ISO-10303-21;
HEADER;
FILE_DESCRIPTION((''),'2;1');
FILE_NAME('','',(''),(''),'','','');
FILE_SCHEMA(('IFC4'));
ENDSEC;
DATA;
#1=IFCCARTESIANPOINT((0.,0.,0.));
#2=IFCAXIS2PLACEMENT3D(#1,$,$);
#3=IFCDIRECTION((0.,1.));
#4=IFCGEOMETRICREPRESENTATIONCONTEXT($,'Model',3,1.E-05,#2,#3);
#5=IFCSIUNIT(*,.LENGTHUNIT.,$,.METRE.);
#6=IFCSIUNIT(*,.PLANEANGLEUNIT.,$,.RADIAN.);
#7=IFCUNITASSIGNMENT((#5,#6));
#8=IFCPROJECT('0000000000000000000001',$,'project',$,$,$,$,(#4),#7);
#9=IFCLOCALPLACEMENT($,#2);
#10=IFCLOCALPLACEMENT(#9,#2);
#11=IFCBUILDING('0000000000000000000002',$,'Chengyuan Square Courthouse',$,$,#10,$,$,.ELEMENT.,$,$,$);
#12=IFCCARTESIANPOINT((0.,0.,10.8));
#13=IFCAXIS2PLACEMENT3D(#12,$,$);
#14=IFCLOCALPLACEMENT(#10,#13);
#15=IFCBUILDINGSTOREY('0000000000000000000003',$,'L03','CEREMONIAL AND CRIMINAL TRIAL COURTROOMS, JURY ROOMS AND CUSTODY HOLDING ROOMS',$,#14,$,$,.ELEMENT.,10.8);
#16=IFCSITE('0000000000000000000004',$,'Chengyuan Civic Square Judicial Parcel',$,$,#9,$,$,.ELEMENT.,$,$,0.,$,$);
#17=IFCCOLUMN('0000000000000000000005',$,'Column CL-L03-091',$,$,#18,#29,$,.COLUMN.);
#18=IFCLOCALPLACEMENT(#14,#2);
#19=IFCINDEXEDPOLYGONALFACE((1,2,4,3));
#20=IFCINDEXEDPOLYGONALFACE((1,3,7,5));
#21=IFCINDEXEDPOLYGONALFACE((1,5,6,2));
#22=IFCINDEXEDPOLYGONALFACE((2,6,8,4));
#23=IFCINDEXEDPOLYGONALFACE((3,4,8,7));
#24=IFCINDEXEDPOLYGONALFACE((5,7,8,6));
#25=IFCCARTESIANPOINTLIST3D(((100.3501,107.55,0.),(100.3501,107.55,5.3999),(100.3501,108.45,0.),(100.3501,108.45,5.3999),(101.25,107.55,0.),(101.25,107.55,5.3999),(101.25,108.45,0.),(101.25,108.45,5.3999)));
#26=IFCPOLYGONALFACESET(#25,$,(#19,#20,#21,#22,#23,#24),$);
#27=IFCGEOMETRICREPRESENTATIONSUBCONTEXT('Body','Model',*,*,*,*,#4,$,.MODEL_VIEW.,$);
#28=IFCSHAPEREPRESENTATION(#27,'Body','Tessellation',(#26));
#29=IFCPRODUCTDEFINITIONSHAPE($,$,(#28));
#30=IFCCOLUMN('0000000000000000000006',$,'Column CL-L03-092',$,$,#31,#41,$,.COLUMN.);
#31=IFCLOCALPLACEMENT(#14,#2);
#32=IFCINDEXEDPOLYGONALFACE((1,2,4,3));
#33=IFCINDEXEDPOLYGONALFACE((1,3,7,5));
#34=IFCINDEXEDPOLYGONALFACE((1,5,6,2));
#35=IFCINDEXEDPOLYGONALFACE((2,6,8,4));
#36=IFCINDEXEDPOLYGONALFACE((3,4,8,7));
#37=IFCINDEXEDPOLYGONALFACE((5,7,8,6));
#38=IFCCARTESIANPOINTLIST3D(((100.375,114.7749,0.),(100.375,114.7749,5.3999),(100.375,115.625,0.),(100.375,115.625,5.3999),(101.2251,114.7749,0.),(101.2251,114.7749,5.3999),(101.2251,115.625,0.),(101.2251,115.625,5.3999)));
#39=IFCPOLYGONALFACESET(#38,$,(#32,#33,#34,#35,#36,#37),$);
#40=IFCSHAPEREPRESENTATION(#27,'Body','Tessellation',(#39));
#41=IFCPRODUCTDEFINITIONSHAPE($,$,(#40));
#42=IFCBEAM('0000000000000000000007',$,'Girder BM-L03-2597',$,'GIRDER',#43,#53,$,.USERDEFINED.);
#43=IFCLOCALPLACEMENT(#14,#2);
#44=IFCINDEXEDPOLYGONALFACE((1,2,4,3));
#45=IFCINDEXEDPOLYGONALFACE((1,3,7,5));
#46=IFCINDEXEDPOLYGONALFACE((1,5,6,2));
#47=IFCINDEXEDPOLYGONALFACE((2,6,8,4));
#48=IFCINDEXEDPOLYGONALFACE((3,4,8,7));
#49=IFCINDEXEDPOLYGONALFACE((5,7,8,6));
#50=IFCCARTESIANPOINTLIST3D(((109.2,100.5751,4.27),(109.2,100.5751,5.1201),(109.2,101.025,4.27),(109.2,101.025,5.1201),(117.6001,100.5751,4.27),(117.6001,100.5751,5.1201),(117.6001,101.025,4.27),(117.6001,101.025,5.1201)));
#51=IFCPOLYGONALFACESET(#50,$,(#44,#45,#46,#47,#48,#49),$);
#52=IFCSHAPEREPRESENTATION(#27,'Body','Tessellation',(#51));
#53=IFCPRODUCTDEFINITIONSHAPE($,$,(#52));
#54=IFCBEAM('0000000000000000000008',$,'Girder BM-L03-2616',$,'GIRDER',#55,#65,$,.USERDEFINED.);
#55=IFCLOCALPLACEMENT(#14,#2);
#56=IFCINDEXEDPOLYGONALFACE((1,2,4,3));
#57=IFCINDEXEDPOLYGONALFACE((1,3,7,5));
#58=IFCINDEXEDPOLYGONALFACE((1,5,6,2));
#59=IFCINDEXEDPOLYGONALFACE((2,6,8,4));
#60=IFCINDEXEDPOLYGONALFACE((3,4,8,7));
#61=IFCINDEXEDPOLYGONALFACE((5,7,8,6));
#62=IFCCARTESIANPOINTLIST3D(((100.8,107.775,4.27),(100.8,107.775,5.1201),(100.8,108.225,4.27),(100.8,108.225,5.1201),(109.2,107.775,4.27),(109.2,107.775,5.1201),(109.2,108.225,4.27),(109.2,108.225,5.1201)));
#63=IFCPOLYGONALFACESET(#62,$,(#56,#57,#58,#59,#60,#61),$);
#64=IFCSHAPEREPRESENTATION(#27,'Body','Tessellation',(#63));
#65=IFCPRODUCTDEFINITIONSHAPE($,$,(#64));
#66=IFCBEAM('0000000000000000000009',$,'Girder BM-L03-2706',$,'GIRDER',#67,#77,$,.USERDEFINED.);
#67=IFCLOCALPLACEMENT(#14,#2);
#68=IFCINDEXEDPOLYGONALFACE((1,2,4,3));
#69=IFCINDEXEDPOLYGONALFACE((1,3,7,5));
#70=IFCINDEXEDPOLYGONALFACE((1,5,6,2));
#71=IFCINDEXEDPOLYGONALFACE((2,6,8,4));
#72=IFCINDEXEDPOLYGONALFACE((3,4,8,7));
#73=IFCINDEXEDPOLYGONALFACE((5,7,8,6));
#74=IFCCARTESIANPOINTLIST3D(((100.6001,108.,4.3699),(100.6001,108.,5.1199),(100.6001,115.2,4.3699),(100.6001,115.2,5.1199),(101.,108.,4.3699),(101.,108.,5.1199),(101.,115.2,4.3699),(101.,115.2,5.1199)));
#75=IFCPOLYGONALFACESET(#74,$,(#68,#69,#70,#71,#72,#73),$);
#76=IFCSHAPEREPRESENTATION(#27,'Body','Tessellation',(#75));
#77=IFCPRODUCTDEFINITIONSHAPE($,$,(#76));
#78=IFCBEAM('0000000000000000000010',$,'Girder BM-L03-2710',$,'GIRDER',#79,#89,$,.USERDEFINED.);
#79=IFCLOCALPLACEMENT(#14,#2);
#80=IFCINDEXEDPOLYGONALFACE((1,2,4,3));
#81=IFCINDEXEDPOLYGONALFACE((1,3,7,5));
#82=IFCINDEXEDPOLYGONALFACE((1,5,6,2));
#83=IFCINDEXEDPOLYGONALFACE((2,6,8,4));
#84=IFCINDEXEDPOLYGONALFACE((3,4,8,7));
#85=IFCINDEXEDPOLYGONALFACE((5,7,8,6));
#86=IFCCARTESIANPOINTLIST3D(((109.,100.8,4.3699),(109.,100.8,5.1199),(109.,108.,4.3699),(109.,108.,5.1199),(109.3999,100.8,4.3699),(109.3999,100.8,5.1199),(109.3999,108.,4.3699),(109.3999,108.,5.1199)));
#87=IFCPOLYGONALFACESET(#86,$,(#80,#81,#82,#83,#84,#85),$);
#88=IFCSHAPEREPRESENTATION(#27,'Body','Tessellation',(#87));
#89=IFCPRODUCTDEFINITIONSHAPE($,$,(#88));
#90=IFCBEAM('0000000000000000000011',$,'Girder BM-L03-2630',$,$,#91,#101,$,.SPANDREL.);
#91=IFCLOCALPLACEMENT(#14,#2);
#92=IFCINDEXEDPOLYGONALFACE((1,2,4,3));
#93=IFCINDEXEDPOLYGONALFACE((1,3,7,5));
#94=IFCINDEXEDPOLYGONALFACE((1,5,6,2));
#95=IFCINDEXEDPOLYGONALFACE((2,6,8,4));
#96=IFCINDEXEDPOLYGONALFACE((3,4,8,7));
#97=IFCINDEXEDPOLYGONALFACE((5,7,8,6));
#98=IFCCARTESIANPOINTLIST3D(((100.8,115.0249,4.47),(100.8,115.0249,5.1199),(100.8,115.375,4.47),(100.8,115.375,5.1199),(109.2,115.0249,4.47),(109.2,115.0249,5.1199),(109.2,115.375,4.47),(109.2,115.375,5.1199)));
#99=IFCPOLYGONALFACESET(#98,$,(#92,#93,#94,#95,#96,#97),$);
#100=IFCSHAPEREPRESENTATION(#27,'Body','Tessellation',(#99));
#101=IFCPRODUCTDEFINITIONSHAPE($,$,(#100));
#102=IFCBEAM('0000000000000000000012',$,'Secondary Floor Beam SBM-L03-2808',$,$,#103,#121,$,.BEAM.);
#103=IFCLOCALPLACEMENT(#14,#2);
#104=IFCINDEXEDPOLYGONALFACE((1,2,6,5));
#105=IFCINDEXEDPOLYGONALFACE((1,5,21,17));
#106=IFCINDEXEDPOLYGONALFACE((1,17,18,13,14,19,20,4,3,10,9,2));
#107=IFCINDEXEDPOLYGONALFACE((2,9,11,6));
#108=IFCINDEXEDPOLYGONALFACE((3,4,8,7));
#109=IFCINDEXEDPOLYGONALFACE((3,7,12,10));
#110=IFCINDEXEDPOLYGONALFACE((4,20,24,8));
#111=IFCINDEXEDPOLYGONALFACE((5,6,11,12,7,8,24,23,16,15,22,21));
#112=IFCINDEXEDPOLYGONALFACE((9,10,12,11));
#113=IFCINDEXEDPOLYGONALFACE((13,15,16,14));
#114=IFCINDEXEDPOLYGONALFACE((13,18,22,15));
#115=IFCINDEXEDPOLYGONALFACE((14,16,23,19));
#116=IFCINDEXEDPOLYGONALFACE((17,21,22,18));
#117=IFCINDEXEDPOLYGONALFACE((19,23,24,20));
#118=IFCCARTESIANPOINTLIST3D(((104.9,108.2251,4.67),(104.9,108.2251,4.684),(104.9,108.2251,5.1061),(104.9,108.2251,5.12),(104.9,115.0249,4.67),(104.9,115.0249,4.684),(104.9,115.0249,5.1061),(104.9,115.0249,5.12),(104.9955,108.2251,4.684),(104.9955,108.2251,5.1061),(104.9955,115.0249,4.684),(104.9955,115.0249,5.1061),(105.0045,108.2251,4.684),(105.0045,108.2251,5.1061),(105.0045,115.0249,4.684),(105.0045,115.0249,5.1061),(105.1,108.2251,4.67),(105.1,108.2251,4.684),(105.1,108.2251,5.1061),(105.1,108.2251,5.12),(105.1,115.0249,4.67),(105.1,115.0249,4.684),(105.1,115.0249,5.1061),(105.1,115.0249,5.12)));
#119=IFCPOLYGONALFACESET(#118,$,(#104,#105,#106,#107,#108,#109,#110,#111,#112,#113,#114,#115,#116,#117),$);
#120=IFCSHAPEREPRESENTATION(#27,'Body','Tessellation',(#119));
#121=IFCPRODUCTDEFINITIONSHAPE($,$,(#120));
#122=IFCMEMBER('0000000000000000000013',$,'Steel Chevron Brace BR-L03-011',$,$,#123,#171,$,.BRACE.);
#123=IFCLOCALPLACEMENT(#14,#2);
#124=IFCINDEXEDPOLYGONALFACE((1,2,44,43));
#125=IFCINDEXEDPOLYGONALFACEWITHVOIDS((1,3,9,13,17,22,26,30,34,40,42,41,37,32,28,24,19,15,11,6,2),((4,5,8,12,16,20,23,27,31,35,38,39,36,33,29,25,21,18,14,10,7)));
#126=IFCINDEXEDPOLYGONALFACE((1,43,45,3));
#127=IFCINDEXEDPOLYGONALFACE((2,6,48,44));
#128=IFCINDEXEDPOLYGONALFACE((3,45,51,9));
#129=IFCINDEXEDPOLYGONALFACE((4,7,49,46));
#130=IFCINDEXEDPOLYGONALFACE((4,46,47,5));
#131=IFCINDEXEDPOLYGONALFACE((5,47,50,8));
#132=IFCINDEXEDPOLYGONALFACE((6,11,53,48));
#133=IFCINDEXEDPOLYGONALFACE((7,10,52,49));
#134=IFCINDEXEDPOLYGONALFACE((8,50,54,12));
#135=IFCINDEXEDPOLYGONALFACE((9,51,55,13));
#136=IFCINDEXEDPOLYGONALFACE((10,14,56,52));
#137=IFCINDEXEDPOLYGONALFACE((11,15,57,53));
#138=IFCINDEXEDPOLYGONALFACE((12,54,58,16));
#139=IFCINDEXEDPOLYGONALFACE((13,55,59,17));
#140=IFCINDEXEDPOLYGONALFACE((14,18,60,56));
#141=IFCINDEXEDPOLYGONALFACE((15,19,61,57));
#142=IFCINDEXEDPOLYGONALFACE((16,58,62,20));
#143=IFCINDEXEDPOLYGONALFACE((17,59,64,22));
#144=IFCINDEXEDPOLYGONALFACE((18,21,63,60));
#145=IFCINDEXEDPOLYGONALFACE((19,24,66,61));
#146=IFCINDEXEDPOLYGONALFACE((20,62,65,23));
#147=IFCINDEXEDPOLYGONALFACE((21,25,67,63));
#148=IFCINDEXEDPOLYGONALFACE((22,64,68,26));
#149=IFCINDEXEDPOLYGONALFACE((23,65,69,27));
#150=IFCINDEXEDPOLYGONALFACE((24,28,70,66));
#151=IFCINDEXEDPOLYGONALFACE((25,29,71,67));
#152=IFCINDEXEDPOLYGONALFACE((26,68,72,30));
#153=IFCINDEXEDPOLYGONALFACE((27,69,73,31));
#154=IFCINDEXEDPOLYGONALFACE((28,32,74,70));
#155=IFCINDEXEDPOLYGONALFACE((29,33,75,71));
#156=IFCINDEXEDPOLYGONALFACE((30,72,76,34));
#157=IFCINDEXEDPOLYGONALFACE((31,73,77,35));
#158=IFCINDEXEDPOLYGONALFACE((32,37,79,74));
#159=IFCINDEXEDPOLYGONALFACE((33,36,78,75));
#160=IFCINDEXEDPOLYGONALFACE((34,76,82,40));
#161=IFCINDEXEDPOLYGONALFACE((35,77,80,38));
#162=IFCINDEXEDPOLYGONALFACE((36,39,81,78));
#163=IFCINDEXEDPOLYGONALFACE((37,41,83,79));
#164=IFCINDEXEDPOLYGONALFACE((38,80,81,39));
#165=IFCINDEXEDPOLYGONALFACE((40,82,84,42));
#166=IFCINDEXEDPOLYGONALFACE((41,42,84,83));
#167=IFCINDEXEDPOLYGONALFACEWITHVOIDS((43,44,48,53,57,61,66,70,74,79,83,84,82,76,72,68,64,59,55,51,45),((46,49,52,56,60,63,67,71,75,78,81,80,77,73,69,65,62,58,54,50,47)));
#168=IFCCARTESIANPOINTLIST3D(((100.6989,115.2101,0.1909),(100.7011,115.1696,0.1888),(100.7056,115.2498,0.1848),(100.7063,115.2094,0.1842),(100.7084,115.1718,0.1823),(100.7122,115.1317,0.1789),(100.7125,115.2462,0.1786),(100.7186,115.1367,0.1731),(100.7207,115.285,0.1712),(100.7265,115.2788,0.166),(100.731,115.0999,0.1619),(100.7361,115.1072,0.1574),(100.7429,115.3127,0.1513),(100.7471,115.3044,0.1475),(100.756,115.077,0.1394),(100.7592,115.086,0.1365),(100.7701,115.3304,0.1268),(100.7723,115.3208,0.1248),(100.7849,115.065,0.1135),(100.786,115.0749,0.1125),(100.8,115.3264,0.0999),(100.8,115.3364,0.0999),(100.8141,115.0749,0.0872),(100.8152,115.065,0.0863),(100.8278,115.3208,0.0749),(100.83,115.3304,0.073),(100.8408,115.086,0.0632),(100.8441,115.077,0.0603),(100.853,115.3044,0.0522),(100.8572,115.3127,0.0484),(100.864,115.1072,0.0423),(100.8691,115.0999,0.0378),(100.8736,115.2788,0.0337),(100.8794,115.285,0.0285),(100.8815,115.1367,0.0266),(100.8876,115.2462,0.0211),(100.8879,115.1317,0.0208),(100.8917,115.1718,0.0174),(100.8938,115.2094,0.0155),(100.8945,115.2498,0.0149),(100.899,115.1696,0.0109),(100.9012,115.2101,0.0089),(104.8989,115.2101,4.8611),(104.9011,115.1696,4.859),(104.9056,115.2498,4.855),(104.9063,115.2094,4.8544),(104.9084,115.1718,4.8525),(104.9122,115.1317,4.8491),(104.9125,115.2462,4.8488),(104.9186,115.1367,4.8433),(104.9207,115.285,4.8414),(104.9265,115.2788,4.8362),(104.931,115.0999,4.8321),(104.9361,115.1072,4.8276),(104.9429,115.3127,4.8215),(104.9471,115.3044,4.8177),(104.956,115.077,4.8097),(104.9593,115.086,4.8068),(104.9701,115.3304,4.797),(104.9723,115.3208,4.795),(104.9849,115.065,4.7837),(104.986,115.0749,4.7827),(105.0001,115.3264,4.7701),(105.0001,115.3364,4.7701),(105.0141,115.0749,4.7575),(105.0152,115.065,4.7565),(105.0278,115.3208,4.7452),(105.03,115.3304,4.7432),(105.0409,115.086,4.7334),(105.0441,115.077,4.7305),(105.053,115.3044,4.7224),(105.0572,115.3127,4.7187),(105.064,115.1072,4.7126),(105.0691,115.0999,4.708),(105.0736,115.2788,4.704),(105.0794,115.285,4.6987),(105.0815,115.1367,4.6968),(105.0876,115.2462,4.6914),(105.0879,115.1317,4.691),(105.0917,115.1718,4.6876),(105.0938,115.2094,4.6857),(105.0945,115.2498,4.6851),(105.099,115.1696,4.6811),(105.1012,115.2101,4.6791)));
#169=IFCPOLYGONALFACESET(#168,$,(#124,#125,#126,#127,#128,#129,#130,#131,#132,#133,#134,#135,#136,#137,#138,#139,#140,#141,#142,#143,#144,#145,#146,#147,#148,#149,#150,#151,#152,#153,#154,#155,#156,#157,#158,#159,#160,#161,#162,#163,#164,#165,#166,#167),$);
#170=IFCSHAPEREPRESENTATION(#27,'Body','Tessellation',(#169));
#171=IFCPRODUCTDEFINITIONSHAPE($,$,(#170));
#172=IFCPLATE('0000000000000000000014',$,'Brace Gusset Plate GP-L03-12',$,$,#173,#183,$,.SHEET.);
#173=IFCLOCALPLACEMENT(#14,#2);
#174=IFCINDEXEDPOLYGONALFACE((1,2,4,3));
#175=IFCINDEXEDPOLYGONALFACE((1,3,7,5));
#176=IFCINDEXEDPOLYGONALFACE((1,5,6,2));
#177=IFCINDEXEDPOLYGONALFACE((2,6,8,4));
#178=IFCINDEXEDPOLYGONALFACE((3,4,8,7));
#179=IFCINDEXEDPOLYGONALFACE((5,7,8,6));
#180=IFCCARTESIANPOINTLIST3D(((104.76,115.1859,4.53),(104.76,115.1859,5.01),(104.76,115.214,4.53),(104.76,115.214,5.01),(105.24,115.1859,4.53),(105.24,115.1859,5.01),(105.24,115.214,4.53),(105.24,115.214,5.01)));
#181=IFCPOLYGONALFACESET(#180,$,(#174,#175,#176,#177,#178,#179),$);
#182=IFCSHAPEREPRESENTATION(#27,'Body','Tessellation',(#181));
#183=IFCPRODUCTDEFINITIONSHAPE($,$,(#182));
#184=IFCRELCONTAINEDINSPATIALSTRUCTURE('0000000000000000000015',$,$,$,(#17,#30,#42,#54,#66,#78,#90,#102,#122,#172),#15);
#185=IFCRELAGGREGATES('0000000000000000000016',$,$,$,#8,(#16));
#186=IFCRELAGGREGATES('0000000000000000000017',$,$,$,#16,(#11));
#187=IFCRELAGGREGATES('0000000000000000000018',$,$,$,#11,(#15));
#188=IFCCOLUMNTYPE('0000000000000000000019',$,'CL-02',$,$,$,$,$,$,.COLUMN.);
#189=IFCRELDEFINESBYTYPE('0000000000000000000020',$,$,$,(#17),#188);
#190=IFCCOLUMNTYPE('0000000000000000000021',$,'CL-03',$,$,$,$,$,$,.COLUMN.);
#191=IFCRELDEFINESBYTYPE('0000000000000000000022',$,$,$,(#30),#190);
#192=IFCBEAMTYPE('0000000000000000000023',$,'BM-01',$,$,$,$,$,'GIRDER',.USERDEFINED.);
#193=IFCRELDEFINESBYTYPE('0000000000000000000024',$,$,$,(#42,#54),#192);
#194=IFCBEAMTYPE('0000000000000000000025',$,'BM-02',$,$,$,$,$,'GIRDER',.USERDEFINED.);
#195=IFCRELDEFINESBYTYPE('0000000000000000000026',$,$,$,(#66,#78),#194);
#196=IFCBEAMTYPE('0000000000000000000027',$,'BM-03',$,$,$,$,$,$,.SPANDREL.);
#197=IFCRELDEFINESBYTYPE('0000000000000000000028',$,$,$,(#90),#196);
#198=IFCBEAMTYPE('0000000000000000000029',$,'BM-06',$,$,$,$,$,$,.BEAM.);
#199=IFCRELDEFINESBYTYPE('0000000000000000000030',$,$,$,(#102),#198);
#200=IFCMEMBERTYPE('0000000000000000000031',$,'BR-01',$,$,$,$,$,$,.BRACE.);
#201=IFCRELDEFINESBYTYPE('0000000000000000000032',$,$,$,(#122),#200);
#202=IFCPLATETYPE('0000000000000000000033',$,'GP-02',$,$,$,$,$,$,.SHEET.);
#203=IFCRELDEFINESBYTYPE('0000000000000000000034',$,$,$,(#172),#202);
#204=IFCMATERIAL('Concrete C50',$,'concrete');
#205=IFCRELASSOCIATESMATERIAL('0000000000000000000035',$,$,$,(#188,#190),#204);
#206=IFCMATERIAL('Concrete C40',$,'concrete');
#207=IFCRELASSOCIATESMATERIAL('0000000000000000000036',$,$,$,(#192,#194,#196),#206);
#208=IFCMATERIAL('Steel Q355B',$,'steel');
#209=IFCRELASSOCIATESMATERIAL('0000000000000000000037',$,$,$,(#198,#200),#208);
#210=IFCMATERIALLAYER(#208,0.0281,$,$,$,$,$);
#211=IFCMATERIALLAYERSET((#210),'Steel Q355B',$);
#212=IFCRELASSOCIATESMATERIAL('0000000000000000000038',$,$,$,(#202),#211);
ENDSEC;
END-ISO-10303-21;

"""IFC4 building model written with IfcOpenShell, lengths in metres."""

from ifc_helpers import new_model, si_unit, direction, frame, origin, origin_2d, place, context, subcontext, project, spatial, rectangle, hollow_circle, i_section, extrude, material, layer, layer_set, material_profile, profile_set, type_object, element, save


model = new_model("IFC4")

# Units and contexts
model_context = context("Model", 3, precision=1e-05, world=origin(), true_north=direction((0.0, 1.0)))
body_context = subcontext(model_context, "Body", "Model", "MODEL_VIEW")
ifc_project = project(units=[si_unit("LENGTHUNIT", "METRE"), si_unit("PLANEANGLEUNIT", "RADIAN")], contexts=[model_context])

# Site, building, storey
site_placement = place(None, origin())
site = spatial("IfcSite", under=ifc_project, at=site_placement, Name="Chengyuan Civic Square Judicial Parcel", CompositionType="ELEMENT", RefElevation=0.0)
building_placement = place(site_placement, origin())
building = spatial("IfcBuilding", under=site, at=building_placement, Name="Chengyuan Square Courthouse", CompositionType="ELEMENT")
storey_placement = place(building_placement, frame((0.0, 0.0, 10.8)))
storey = spatial("IfcBuildingStorey", under=building, at=storey_placement, Name="L03", Description="CEREMONIAL AND CRIMINAL TRIAL COURTROOMS, JURY ROOMS AND CUSTODY HOLDING ROOMS", CompositionType="ELEMENT", Elevation=10.8)

# Columns
ifc_material_1 = material(Name="Concrete C50", Category="concrete")
ifc_material_profile_1 = material_profile(ifc_material_1, rectangle(XDim=0.8999, YDim=0.8999, at=origin_2d()), Name="RC-COL-900x900")
ifc_profile_set_1 = profile_set([ifc_material_profile_1], Name="Concrete C50")
column_type_1 = type_object("IfcColumnType", Name="CL-02", PredefinedType="COLUMN", material=ifc_profile_set_1)
column_1_placement = place(storey_placement, frame((100.8, 108.0, 0.0), z_axis=(0.0, 0.0, 1.0), x_axis=(1.0, 0.0, 0.0)))
element("IfcColumn", 1, at=column_1_placement, inside=storey, type_object=column_type_1, Name="Column CL-L03-091", PredefinedType="COLUMN", context=body_context, shape_type="SweptSolid", body=[
    extrude(rectangle(XDim=0.8999, YDim=0.8999, at=origin_2d()), origin(), (0.0, 0.0, 1.0), 5.3999),
])
ifc_material_profile_2 = material_profile(ifc_material_1, rectangle(XDim=0.8501, YDim=0.8501, at=origin_2d()), Name="RC-COL-850x850")
ifc_profile_set_2 = profile_set([ifc_material_profile_2], Name="Concrete C50")
column_type_2 = type_object("IfcColumnType", Name="CL-03", PredefinedType="COLUMN", material=ifc_profile_set_2)
column_2_placement = place(storey_placement, frame((100.8, 115.2, 0.0), z_axis=(0.0, 0.0, 1.0), x_axis=(1.0, 0.0, 0.0)))
element("IfcColumn", 2, at=column_2_placement, inside=storey, type_object=column_type_2, Name="Column CL-L03-092", PredefinedType="COLUMN", context=body_context, shape_type="SweptSolid", body=[
    extrude(rectangle(XDim=0.8501, YDim=0.8501, at=origin_2d()), origin(), (0.0, 0.0, 1.0), 5.3999),
])

# Beams
ifc_material_2 = material(Name="Concrete C40", Category="concrete")
ifc_material_profile_3 = material_profile(ifc_material_2, rectangle(XDim=0.45, YDim=0.8501, at=origin_2d()), Name="RC-BM-450x850")
ifc_profile_set_3 = profile_set([ifc_material_profile_3], Name="Concrete C40")
beam_type_1 = type_object("IfcBeamType", Name="BM-01", ElementType="GIRDER", PredefinedType="USERDEFINED", material=ifc_profile_set_3)
beam_1_placement = place(storey_placement, frame((109.2, 100.8, 4.6951), z_axis=(1.0, 0.0, 0.0), x_axis=(0.0, 1.0, 0.0)))
element("IfcBeam", 3, at=beam_1_placement, inside=storey, type_object=beam_type_1, Name="Girder BM-L03-2597", ObjectType="GIRDER", PredefinedType="USERDEFINED", context=body_context, shape_type="SweptSolid", body=[
    extrude(rectangle(XDim=0.45, YDim=0.8501, at=origin_2d()), origin(), (0.0, 0.0, 1.0), 8.4001),
])
beam_2_placement = place(storey_placement, frame((100.8, 108.0, 4.6951), z_axis=(1.0, 0.0, 0.0), x_axis=(0.0, 1.0, 0.0)))
element("IfcBeam", 4, at=beam_2_placement, inside=storey, type_object=beam_type_1, Name="Girder BM-L03-2616", ObjectType="GIRDER", PredefinedType="USERDEFINED", context=body_context, shape_type="SweptSolid", body=[
    extrude(rectangle(XDim=0.45, YDim=0.8501, at=origin_2d()), origin(), (0.0, 0.0, 1.0), 8.3999),
])
ifc_material_profile_4 = material_profile(ifc_material_2, rectangle(XDim=0.3999, YDim=0.75, at=origin_2d()), Name="RC-BM-400x750")
ifc_profile_set_4 = profile_set([ifc_material_profile_4], Name="Concrete C40")
beam_type_2 = type_object("IfcBeamType", Name="BM-02", ElementType="GIRDER", PredefinedType="USERDEFINED", material=ifc_profile_set_4)
for number, where, z_axis, x_axis, name in (
    (5, (100.8, 108.0, 4.7449), (0.0, 1.0, 0.0), (-1.0, 0.0, 0.0), "Girder BM-L03-2706"),
    (6, (109.2, 100.8, 4.7449), (0.0, 1.0, 0.0), (-1.0, 0.0, 0.0), "Girder BM-L03-2710"),
):
    element("IfcBeam", number, at=place(storey_placement, frame(where, z_axis=z_axis, x_axis=x_axis)), inside=storey, type_object=beam_type_2, Name=name, ObjectType="GIRDER", PredefinedType="USERDEFINED", context=body_context, shape_type="SweptSolid", body=[
        extrude(rectangle(XDim=0.3999, YDim=0.75, at=origin_2d()), origin(), (0.0, 0.0, 1.0), 7.2),
    ])
ifc_material_profile_5 = material_profile(ifc_material_2, rectangle(XDim=0.3501, YDim=0.6499, at=origin_2d()), Name="RC-BM-350x650")
ifc_profile_set_5 = profile_set([ifc_material_profile_5], Name="Concrete C40")
beam_type_3 = type_object("IfcBeamType", Name="BM-03", PredefinedType="SPANDREL", material=ifc_profile_set_5)
beam_3_placement = place(storey_placement, frame((100.8, 115.2, 4.7949), z_axis=(1.0, 0.0, 0.0), x_axis=(0.0, 1.0, 0.0)))
element("IfcBeam", 7, at=beam_3_placement, inside=storey, type_object=beam_type_3, Name="Girder BM-L03-2630", PredefinedType="SPANDREL", context=body_context, shape_type="SweptSolid", body=[
    extrude(rectangle(XDim=0.3501, YDim=0.6499, at=origin_2d()), origin(), (0.0, 0.0, 1.0), 8.3999),
])
ifc_material_3 = material(Name="Steel Q355B", Category="steel")
ifc_material_profile_6 = material_profile(ifc_material_3, i_section(OverallWidth=0.2, OverallDepth=0.45, WebThickness=0.009, FlangeThickness=0.0139, at=origin_2d()), Name="HN 450x200x9x14")
ifc_profile_set_6 = profile_set([ifc_material_profile_6], Name="Steel Q355B")
beam_type_4 = type_object("IfcBeamType", Name="BM-06", PredefinedType="BEAM", material=ifc_profile_set_6)
beam_4_placement = place(storey_placement, frame((105.0, 108.2251, 4.895), z_axis=(0.0, 1.0, 0.0), x_axis=(-1.0, 0.0, 0.0)))
element("IfcBeam", 8, at=beam_4_placement, inside=storey, type_object=beam_type_4, Name="Secondary Floor Beam SBM-L03-2808", PredefinedType="BEAM", context=body_context, shape_type="SweptSolid", body=[
    extrude(i_section(OverallWidth=0.2, OverallDepth=0.45, WebThickness=0.009, FlangeThickness=0.0139, at=origin_2d()), origin(), (0.0, 0.0, 1.0), 6.7998),
])

# Member
ifc_material_profile_7 = material_profile(ifc_material_3, hollow_circle(Radius=0.1365, WallThickness=0.01, at=origin_2d()), Name="CHS 273x10")
ifc_profile_set_7 = profile_set([ifc_material_profile_7], Name="Steel Q355B")
member_type = type_object("IfcMemberType", Name="BR-01", PredefinedType="BRACE", material=ifc_profile_set_7)
member_placement = place(storey_placement, frame((100.8, 115.2, 0.0999), z_axis=(0.668683, 0.0, 0.743547), x_axis=(0.0, 1.0, 0.0)))
element("IfcMember", 9, at=member_placement, inside=storey, type_object=member_type, Name="Steel Chevron Brace BR-L03-011", PredefinedType="BRACE", context=body_context, shape_type="SweptSolid", body=[
    extrude(hollow_circle(Radius=0.1365, WallThickness=0.01, at=origin_2d()), origin(), (0.0, 0.0, 1.0), 6.281),
])

# Plate
ifc_layer_1 = layer(ifc_material_3, 0.0281)
ifc_layer_set_1 = layer_set([ifc_layer_1], Name="Steel Q355B")
plate_type = type_object("IfcPlateType", Name="GP-02", PredefinedType="SHEET", material=ifc_layer_set_1)
plate_placement = place(storey_placement, frame((105.0, 115.2, 4.53), z_axis=(0.0, 0.0, 1.0), x_axis=(1.0, 0.0, 0.0)))
element("IfcPlate", 10, at=plate_placement, inside=storey, type_object=plate_type, Name="Brace Gusset Plate GP-L03-12", PredefinedType="SHEET", context=body_context, shape_type="SweptSolid", body=[
    extrude(rectangle(XDim=0.48, YDim=0.0281, at=origin_2d()), origin(), (0.0, 0.0, 1.0), 0.48),
])

save(model, "model.ifc")
